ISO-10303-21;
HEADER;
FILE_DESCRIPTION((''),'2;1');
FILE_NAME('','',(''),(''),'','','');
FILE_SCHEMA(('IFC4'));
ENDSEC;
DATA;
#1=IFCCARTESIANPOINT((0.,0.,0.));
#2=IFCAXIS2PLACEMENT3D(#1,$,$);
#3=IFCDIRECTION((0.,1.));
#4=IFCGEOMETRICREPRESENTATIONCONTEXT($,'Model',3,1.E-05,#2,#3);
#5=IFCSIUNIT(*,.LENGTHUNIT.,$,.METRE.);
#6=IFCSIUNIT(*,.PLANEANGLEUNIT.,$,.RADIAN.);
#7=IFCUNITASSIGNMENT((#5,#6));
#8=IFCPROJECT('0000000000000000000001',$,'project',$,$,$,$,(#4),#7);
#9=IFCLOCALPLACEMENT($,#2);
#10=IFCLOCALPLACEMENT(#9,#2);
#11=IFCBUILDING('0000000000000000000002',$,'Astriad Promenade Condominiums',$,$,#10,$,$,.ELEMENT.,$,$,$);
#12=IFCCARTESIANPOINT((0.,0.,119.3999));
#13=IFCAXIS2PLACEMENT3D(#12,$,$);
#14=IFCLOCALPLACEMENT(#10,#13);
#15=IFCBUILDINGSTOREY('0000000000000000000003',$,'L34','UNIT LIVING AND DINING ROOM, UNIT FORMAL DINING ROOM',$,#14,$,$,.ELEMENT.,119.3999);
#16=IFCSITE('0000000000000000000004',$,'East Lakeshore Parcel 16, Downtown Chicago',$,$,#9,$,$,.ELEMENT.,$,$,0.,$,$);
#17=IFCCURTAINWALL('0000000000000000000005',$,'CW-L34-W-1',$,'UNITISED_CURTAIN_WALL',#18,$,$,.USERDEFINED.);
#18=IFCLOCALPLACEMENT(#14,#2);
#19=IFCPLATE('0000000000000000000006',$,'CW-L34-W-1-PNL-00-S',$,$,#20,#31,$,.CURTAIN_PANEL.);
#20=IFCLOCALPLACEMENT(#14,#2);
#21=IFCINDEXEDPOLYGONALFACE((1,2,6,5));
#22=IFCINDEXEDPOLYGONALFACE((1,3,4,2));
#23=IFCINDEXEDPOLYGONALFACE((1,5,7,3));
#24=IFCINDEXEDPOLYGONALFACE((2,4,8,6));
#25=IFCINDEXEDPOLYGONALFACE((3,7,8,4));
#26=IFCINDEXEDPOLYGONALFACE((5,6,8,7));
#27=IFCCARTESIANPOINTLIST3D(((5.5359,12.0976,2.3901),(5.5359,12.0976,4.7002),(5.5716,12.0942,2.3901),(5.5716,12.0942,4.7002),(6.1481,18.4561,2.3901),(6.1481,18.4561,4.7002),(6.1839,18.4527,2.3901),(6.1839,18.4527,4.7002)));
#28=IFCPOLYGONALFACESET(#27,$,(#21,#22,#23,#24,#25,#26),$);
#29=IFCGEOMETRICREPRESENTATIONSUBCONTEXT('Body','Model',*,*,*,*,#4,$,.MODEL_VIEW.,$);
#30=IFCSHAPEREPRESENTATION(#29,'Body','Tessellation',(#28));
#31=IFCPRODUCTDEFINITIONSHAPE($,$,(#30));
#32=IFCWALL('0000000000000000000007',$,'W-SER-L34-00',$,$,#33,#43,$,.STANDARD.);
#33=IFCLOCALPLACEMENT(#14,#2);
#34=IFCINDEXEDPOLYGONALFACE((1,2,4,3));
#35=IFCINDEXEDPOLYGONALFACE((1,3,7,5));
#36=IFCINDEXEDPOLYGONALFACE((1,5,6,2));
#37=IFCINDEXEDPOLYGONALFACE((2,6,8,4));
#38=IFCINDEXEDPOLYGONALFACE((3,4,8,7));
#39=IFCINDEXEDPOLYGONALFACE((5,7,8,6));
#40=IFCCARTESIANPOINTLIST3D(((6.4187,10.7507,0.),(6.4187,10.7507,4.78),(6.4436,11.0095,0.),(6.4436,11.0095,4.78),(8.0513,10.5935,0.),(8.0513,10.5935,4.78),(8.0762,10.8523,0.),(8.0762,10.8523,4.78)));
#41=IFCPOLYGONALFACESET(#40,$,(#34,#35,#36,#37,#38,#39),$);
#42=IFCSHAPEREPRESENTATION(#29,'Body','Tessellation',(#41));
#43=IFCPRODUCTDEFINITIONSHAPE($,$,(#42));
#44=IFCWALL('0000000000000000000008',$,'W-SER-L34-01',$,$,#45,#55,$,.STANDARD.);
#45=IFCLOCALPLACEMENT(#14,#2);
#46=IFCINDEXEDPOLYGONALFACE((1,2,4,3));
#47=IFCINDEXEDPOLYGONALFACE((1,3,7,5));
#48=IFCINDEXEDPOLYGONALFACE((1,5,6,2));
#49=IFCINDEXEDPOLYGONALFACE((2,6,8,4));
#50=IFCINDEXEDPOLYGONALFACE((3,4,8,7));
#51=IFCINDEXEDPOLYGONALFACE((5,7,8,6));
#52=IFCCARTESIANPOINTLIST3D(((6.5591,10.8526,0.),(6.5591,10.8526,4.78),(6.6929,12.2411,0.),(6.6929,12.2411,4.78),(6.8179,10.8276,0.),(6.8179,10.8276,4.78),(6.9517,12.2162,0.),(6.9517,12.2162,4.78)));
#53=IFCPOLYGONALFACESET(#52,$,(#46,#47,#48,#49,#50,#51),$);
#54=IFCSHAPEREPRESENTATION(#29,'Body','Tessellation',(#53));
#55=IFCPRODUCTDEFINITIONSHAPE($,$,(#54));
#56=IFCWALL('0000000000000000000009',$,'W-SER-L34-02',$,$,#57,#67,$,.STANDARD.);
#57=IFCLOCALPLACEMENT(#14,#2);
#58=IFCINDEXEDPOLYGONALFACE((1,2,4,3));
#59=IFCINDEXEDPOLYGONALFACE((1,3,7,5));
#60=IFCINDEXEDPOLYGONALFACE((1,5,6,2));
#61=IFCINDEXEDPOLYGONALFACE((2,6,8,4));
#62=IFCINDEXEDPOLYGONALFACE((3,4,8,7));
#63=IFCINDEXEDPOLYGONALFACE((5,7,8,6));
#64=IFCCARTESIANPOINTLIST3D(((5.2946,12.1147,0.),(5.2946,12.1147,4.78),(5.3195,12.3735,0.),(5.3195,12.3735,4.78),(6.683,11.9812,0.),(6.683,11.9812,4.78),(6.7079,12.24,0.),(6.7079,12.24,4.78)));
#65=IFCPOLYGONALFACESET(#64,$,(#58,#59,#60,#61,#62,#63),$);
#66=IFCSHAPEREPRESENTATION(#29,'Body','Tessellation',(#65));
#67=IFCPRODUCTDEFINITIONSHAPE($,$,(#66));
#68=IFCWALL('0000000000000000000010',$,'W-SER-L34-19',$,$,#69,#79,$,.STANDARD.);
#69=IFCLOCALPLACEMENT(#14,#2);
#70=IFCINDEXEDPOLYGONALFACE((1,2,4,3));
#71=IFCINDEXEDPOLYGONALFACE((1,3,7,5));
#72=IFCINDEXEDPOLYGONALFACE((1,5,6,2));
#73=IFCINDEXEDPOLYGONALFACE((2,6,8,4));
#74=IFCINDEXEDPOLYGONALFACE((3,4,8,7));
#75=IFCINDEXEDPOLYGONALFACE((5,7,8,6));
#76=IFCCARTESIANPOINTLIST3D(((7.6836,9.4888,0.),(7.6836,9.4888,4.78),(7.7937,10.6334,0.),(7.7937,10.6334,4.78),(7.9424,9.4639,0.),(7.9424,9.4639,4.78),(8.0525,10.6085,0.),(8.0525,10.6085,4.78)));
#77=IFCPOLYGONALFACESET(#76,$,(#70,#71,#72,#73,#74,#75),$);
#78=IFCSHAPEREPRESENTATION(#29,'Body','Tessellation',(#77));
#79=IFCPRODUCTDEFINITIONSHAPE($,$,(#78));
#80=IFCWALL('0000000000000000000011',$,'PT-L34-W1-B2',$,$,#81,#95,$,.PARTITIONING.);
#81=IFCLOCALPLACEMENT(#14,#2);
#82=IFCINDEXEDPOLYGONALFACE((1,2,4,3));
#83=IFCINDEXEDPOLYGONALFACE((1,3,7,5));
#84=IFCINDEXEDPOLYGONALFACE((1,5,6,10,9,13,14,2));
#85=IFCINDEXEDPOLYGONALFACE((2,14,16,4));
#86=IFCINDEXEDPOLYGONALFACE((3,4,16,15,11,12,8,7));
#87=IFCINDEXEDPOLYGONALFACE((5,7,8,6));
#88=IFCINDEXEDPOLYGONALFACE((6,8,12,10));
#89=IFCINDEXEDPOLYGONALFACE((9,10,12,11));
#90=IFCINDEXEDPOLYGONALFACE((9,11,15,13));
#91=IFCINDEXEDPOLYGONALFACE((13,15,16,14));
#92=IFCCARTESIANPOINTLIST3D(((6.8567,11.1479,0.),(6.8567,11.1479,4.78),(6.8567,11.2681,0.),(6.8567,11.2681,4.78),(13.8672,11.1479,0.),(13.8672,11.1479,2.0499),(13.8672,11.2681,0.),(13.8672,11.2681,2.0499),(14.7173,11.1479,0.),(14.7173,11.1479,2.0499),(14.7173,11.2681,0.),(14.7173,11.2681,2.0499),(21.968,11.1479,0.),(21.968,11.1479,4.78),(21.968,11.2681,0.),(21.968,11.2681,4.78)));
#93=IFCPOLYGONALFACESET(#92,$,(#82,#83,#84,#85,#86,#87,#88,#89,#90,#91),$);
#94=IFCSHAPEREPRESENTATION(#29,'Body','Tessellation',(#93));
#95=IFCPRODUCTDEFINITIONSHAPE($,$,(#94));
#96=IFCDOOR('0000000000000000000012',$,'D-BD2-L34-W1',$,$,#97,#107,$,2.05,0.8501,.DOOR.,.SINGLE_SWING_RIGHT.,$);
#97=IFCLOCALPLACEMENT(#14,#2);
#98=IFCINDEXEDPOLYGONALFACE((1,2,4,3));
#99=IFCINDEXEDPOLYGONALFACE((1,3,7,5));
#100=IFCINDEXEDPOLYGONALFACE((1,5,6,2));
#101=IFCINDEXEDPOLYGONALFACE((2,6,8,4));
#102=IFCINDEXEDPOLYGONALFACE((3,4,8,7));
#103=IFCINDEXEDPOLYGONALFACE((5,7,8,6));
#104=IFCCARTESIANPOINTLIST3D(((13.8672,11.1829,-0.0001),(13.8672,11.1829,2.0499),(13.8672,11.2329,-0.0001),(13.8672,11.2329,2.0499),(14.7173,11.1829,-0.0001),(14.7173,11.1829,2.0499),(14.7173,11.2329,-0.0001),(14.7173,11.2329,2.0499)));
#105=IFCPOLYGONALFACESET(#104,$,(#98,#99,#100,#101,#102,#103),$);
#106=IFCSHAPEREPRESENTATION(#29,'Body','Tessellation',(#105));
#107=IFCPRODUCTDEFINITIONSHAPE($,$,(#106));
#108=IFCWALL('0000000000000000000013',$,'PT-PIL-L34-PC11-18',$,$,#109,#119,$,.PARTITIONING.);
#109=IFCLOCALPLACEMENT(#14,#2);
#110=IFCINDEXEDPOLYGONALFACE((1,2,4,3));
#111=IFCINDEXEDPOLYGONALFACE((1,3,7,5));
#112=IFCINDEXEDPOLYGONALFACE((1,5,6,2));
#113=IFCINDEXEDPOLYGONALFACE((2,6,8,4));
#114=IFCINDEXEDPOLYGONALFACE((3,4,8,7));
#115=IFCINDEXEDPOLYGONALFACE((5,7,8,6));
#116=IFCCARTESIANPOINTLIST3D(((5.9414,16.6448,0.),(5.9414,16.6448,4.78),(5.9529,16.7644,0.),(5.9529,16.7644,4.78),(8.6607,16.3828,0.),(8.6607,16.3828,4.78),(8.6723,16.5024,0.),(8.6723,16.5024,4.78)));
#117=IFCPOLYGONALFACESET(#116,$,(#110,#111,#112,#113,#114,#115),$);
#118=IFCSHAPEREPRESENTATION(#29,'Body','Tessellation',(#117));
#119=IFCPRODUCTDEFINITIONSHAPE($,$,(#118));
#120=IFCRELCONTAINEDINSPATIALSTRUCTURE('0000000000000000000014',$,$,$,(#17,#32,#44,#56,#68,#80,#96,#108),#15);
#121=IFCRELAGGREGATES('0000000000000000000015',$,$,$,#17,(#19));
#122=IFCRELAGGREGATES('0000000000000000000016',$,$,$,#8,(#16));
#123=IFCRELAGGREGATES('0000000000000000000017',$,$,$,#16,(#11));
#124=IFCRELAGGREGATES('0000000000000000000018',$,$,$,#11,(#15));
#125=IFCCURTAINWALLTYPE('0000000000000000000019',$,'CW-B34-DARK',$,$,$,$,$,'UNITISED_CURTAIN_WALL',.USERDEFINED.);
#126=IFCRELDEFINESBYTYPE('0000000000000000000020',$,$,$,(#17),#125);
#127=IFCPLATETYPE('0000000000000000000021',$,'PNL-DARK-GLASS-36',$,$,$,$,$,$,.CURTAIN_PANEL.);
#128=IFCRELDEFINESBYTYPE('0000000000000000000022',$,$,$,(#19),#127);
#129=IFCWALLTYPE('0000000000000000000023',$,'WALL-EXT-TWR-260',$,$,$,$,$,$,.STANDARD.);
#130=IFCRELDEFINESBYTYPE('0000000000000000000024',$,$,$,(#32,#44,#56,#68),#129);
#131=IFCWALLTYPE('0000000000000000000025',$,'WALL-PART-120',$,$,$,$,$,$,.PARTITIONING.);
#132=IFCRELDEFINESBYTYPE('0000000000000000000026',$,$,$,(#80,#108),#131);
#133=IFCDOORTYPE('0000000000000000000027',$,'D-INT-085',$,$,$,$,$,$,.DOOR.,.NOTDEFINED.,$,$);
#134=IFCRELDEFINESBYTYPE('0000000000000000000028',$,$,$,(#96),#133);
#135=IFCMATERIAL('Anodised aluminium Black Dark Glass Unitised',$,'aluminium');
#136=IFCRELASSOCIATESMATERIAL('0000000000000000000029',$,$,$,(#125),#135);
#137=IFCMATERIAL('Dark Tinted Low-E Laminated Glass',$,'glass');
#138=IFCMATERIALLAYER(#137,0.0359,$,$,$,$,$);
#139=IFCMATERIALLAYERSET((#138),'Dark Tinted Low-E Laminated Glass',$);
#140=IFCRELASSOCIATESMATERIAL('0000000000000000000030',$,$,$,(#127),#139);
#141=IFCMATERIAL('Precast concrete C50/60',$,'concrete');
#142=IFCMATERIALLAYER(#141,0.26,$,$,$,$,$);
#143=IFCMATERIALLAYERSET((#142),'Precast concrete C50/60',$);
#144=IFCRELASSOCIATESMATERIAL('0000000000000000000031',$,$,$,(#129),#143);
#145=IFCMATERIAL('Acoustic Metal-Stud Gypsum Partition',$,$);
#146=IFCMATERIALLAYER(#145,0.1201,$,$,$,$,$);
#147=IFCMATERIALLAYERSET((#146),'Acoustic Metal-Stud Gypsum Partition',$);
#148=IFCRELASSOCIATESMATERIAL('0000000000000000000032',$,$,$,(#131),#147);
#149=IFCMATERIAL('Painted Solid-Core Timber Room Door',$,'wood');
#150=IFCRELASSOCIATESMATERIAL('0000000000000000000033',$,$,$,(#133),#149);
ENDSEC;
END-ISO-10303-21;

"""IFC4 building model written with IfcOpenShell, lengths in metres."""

from ifc_helpers import new_model, si_unit, direction, frame, frame_2d, origin, origin_2d, place, context, subcontext, project, spatial, rectangle, extrude, source, transform, mapped, material, layer, layer_set, type_object, type_shapes, element, fill, aggregate, save


model = new_model("IFC4")

# Units and contexts
model_context = context("Model", 3, precision=1e-05, world=origin(), true_north=direction((0.0, 1.0)))
body_context = subcontext(model_context, "Body", "Model", "MODEL_VIEW")
ifc_project = project(units=[si_unit("LENGTHUNIT", "METRE"), si_unit("PLANEANGLEUNIT", "RADIAN")], contexts=[model_context])

# Site, building, storey
site_placement = place(None, origin())
site = spatial("IfcSite", under=ifc_project, at=site_placement, Name="East Lakeshore Parcel 16, Downtown Chicago", CompositionType="ELEMENT", RefElevation=0.0)
building_placement = place(site_placement, origin())
building = spatial("IfcBuilding", under=site, at=building_placement, Name="Astriad Promenade Condominiums", CompositionType="ELEMENT")
storey_placement = place(building_placement, frame((0.0, 0.0, 119.3999)))
storey = spatial("IfcBuildingStorey", under=building, at=storey_placement, Name="L34", Description="UNIT LIVING AND DINING ROOM, UNIT FORMAL DINING ROOM", CompositionType="ELEMENT", Elevation=119.3999)

# Curtain wall
ifc_material_1 = material(Name="Anodised aluminium Black Dark Glass Unitised", Category="aluminium")
curtain_wall_type = type_object("IfcCurtainWallType", Name="CW-B34-DARK", ElementType="UNITISED_CURTAIN_WALL", PredefinedType="USERDEFINED", material=ifc_material_1)
curtain_wall_placement = place(storey_placement, origin())
curtain_wall = element("IfcCurtainWall", 1, at=curtain_wall_placement, inside=storey, type_object=curtain_wall_type, Name="CW-L34-W-1", ObjectType="UNITISED_CURTAIN_WALL", PredefinedType="USERDEFINED")

# Plate
ifc_material_2 = material(Name="Dark Tinted Low-E Laminated Glass", Category="glass")
ifc_layer_1 = layer(ifc_material_2, 0.0359)
ifc_layer_set_1 = layer_set([ifc_layer_1], Name="Dark Tinted Low-E Laminated Glass")
plate_type_1 = type_object("IfcPlateType", Name="PNL-DARK-GLASS-36", PredefinedType="CURTAIN_PANEL", material=ifc_layer_set_1)
shared_shape_1 = source(origin(), body_context, "Body", "SweptSolid", [
    extrude(rectangle(XDim=6.3879, YDim=0.0359, at=origin_2d()), origin(), (0.0, 0.0, 1.0), 2.3101),
])
plate_1_placement = place(storey_placement, frame((5.8599, 15.2751, 2.3901), z_axis=(0.0, 0.0, 1.0), x_axis=(0.095846, 0.995396, 0.0)))
plate_1 = element("IfcPlate", 2, at=plate_1_placement, type_object=plate_type_1, Name="CW-L34-W-1-PNL-00-S", PredefinedType="CURTAIN_PANEL", context=body_context, shape_type="MappedRepresentation", body=[
    mapped(shared_shape_1, transform((0.0, 0.0, 0.0), scale=1.0)),
])
aggregate(curtain_wall, [plate_1])

# Walls
ifc_material_3 = material(Name="Precast concrete C50/60", Category="concrete")
ifc_layer_2 = layer(ifc_material_3, 0.26)
ifc_layer_set_2 = layer_set([ifc_layer_2], Name="Precast concrete C50/60")
wall_type_1 = type_object("IfcWallType", Name="WALL-EXT-TWR-260", PredefinedType="STANDARD", material=ifc_layer_set_2)
wall_1_placement = place(storey_placement, frame((8.0637, 10.7229, 0.0), z_axis=(0.0, 0.0, 1.0), x_axis=(-0.995395, 0.095863, 0.0)))
element("IfcWall", 3, at=wall_1_placement, inside=storey, type_object=wall_type_1, Name="W-SER-L34-00", PredefinedType="STANDARD", context=body_context, shape_type="SweptSolid", body=[
    extrude(rectangle(XDim=1.6401, YDim=0.26, at=frame_2d((0.8201, 0.0))), origin(), (0.0, 0.0, 1.0), 4.78),
])
wall_2_placement = place(storey_placement, frame((6.6885, 10.8401, 0.0), z_axis=(0.0, 0.0, 1.0), x_axis=(0.095899, 0.995391, 0.0)))
element("IfcWall", 4, at=wall_2_placement, inside=storey, type_object=wall_type_1, Name="W-SER-L34-01", PredefinedType="STANDARD", context=body_context, shape_type="SweptSolid", body=[
    extrude(rectangle(XDim=1.395, YDim=0.26, at=frame_2d((0.6975, 0.0))), origin(), (0.0, 0.0, 1.0), 4.78),
])
wall_3_placement = place(storey_placement, frame((6.6953, 12.1106, 0.0), z_axis=(0.0, 0.0, 1.0), x_axis=(-0.995406, 0.095742, 0.0)))
element("IfcWall", 5, at=wall_3_placement, inside=storey, type_object=wall_type_1, Name="W-SER-L34-02", PredefinedType="STANDARD", context=body_context, shape_type="SweptSolid", body=[
    extrude(rectangle(XDim=1.3948, YDim=0.26, at=frame_2d((0.6973, 0.0))), origin(), (0.0, 0.0, 1.0), 4.78),
])
wall_4_placement = place(storey_placement, frame((7.813, 9.4763, 0.0), z_axis=(0.0, 0.0, 1.0), x_axis=(0.095761, 0.995404, 0.0)))
element("IfcWall", 6, at=wall_4_placement, inside=storey, type_object=wall_type_1, Name="W-SER-L34-19", PredefinedType="STANDARD", context=body_context, shape_type="SweptSolid", body=[
    extrude(rectangle(XDim=1.1499, YDim=0.26, at=frame_2d((0.575, 0.0))), origin(), (0.0, 0.0, 1.0), 4.78),
])

# Wall, opening, door
ifc_material_4 = material(Name="Acoustic Metal-Stud Gypsum Partition")
ifc_layer_3 = layer(ifc_material_4, 0.1201)
ifc_layer_set_3 = layer_set([ifc_layer_3], Name="Acoustic Metal-Stud Gypsum Partition")
wall_type_2 = type_object("IfcWallType", Name="WALL-PART-120", PredefinedType="PARTITIONING", material=ifc_layer_set_3)
wall_5_placement = place(storey_placement, frame((6.8567, 11.208, 0.0), z_axis=(0.0, 0.0, 1.0), x_axis=(1.0, 0.0, 0.0)))
wall_5 = element("IfcWall", 7, at=wall_5_placement, inside=storey, type_object=wall_type_2, Name="PT-L34-W1-B2", PredefinedType="PARTITIONING", context=body_context, shape_type="SweptSolid", body=[
    extrude(rectangle(XDim=15.1113, YDim=0.1201, at=frame_2d((7.5557, 0.0))), origin(), (0.0, 0.0, 1.0), 4.78),
])
opening_placement = place(wall_5_placement, frame((7.0105, 0.0, 0.0)))
opening = element("IfcOpeningElement", 8, at=opening_placement, cuts=wall_5, PredefinedType="OPENING", context=body_context, shape_type="SweptSolid", body=[
    extrude(rectangle(XDim=0.8501, YDim=2.05, at=frame_2d((0.425, 1.0249))), frame((0.0, 0.0701, 0.0), z_axis=(0.0, -1.0, 0.0), x_axis=(1.0, 0.0, 0.0)), (0.0, 0.0, 1.0), 0.1401),
])
ifc_material_5 = material(Name="Painted Solid-Core Timber Room Door", Category="wood")
door_type = type_object("IfcDoorType", Name="D-INT-085", OperationType="NOTDEFINED", PredefinedType="DOOR", material=ifc_material_5)
shared_shape_2 = source(origin(), body_context, "Body", "SweptSolid", [
    extrude(rectangle(XDim=0.8501, YDim=2.05, at=frame_2d((0.425, 1.0249))), frame((0.0, 0.0249, 0.0), z_axis=(0.0, -1.0, 0.0), x_axis=(1.0, 0.0, 0.0)), (0.0, 0.0, 1.0), 0.05),
])
type_shapes(door_type, [shared_shape_2])
door_placement = place(opening_placement, origin())
door = element("IfcDoor", 9, at=door_placement, inside=storey, type_object=door_type, Name="D-BD2-L34-W1", OperationType="SINGLE_SWING_RIGHT", OverallHeight=2.05, OverallWidth=0.8501, PredefinedType="DOOR", context=body_context, shape_type="MappedRepresentation", body=[
    mapped(shared_shape_2, transform((0.0, 0.0, 0.0), scale=1.0)),
])
fill(opening, door)

# Wall
wall_6_placement = place(storey_placement, frame((8.6665, 16.4426, 0.0), z_axis=(0.0, 0.0, 1.0), x_axis=(-0.995392, 0.095893, 0.0)))
element("IfcWall", 10, at=wall_6_placement, inside=storey, type_object=wall_type_2, Name="PT-PIL-L34-PC11-18", PredefinedType="PARTITIONING", context=body_context, shape_type="SweptSolid", body=[
    extrude(rectangle(XDim=2.7319, YDim=0.1201, at=frame_2d((1.366, 0.0))), origin(), (0.0, 0.0, 1.0), 4.78),
])

save(model, "model.ifc")
